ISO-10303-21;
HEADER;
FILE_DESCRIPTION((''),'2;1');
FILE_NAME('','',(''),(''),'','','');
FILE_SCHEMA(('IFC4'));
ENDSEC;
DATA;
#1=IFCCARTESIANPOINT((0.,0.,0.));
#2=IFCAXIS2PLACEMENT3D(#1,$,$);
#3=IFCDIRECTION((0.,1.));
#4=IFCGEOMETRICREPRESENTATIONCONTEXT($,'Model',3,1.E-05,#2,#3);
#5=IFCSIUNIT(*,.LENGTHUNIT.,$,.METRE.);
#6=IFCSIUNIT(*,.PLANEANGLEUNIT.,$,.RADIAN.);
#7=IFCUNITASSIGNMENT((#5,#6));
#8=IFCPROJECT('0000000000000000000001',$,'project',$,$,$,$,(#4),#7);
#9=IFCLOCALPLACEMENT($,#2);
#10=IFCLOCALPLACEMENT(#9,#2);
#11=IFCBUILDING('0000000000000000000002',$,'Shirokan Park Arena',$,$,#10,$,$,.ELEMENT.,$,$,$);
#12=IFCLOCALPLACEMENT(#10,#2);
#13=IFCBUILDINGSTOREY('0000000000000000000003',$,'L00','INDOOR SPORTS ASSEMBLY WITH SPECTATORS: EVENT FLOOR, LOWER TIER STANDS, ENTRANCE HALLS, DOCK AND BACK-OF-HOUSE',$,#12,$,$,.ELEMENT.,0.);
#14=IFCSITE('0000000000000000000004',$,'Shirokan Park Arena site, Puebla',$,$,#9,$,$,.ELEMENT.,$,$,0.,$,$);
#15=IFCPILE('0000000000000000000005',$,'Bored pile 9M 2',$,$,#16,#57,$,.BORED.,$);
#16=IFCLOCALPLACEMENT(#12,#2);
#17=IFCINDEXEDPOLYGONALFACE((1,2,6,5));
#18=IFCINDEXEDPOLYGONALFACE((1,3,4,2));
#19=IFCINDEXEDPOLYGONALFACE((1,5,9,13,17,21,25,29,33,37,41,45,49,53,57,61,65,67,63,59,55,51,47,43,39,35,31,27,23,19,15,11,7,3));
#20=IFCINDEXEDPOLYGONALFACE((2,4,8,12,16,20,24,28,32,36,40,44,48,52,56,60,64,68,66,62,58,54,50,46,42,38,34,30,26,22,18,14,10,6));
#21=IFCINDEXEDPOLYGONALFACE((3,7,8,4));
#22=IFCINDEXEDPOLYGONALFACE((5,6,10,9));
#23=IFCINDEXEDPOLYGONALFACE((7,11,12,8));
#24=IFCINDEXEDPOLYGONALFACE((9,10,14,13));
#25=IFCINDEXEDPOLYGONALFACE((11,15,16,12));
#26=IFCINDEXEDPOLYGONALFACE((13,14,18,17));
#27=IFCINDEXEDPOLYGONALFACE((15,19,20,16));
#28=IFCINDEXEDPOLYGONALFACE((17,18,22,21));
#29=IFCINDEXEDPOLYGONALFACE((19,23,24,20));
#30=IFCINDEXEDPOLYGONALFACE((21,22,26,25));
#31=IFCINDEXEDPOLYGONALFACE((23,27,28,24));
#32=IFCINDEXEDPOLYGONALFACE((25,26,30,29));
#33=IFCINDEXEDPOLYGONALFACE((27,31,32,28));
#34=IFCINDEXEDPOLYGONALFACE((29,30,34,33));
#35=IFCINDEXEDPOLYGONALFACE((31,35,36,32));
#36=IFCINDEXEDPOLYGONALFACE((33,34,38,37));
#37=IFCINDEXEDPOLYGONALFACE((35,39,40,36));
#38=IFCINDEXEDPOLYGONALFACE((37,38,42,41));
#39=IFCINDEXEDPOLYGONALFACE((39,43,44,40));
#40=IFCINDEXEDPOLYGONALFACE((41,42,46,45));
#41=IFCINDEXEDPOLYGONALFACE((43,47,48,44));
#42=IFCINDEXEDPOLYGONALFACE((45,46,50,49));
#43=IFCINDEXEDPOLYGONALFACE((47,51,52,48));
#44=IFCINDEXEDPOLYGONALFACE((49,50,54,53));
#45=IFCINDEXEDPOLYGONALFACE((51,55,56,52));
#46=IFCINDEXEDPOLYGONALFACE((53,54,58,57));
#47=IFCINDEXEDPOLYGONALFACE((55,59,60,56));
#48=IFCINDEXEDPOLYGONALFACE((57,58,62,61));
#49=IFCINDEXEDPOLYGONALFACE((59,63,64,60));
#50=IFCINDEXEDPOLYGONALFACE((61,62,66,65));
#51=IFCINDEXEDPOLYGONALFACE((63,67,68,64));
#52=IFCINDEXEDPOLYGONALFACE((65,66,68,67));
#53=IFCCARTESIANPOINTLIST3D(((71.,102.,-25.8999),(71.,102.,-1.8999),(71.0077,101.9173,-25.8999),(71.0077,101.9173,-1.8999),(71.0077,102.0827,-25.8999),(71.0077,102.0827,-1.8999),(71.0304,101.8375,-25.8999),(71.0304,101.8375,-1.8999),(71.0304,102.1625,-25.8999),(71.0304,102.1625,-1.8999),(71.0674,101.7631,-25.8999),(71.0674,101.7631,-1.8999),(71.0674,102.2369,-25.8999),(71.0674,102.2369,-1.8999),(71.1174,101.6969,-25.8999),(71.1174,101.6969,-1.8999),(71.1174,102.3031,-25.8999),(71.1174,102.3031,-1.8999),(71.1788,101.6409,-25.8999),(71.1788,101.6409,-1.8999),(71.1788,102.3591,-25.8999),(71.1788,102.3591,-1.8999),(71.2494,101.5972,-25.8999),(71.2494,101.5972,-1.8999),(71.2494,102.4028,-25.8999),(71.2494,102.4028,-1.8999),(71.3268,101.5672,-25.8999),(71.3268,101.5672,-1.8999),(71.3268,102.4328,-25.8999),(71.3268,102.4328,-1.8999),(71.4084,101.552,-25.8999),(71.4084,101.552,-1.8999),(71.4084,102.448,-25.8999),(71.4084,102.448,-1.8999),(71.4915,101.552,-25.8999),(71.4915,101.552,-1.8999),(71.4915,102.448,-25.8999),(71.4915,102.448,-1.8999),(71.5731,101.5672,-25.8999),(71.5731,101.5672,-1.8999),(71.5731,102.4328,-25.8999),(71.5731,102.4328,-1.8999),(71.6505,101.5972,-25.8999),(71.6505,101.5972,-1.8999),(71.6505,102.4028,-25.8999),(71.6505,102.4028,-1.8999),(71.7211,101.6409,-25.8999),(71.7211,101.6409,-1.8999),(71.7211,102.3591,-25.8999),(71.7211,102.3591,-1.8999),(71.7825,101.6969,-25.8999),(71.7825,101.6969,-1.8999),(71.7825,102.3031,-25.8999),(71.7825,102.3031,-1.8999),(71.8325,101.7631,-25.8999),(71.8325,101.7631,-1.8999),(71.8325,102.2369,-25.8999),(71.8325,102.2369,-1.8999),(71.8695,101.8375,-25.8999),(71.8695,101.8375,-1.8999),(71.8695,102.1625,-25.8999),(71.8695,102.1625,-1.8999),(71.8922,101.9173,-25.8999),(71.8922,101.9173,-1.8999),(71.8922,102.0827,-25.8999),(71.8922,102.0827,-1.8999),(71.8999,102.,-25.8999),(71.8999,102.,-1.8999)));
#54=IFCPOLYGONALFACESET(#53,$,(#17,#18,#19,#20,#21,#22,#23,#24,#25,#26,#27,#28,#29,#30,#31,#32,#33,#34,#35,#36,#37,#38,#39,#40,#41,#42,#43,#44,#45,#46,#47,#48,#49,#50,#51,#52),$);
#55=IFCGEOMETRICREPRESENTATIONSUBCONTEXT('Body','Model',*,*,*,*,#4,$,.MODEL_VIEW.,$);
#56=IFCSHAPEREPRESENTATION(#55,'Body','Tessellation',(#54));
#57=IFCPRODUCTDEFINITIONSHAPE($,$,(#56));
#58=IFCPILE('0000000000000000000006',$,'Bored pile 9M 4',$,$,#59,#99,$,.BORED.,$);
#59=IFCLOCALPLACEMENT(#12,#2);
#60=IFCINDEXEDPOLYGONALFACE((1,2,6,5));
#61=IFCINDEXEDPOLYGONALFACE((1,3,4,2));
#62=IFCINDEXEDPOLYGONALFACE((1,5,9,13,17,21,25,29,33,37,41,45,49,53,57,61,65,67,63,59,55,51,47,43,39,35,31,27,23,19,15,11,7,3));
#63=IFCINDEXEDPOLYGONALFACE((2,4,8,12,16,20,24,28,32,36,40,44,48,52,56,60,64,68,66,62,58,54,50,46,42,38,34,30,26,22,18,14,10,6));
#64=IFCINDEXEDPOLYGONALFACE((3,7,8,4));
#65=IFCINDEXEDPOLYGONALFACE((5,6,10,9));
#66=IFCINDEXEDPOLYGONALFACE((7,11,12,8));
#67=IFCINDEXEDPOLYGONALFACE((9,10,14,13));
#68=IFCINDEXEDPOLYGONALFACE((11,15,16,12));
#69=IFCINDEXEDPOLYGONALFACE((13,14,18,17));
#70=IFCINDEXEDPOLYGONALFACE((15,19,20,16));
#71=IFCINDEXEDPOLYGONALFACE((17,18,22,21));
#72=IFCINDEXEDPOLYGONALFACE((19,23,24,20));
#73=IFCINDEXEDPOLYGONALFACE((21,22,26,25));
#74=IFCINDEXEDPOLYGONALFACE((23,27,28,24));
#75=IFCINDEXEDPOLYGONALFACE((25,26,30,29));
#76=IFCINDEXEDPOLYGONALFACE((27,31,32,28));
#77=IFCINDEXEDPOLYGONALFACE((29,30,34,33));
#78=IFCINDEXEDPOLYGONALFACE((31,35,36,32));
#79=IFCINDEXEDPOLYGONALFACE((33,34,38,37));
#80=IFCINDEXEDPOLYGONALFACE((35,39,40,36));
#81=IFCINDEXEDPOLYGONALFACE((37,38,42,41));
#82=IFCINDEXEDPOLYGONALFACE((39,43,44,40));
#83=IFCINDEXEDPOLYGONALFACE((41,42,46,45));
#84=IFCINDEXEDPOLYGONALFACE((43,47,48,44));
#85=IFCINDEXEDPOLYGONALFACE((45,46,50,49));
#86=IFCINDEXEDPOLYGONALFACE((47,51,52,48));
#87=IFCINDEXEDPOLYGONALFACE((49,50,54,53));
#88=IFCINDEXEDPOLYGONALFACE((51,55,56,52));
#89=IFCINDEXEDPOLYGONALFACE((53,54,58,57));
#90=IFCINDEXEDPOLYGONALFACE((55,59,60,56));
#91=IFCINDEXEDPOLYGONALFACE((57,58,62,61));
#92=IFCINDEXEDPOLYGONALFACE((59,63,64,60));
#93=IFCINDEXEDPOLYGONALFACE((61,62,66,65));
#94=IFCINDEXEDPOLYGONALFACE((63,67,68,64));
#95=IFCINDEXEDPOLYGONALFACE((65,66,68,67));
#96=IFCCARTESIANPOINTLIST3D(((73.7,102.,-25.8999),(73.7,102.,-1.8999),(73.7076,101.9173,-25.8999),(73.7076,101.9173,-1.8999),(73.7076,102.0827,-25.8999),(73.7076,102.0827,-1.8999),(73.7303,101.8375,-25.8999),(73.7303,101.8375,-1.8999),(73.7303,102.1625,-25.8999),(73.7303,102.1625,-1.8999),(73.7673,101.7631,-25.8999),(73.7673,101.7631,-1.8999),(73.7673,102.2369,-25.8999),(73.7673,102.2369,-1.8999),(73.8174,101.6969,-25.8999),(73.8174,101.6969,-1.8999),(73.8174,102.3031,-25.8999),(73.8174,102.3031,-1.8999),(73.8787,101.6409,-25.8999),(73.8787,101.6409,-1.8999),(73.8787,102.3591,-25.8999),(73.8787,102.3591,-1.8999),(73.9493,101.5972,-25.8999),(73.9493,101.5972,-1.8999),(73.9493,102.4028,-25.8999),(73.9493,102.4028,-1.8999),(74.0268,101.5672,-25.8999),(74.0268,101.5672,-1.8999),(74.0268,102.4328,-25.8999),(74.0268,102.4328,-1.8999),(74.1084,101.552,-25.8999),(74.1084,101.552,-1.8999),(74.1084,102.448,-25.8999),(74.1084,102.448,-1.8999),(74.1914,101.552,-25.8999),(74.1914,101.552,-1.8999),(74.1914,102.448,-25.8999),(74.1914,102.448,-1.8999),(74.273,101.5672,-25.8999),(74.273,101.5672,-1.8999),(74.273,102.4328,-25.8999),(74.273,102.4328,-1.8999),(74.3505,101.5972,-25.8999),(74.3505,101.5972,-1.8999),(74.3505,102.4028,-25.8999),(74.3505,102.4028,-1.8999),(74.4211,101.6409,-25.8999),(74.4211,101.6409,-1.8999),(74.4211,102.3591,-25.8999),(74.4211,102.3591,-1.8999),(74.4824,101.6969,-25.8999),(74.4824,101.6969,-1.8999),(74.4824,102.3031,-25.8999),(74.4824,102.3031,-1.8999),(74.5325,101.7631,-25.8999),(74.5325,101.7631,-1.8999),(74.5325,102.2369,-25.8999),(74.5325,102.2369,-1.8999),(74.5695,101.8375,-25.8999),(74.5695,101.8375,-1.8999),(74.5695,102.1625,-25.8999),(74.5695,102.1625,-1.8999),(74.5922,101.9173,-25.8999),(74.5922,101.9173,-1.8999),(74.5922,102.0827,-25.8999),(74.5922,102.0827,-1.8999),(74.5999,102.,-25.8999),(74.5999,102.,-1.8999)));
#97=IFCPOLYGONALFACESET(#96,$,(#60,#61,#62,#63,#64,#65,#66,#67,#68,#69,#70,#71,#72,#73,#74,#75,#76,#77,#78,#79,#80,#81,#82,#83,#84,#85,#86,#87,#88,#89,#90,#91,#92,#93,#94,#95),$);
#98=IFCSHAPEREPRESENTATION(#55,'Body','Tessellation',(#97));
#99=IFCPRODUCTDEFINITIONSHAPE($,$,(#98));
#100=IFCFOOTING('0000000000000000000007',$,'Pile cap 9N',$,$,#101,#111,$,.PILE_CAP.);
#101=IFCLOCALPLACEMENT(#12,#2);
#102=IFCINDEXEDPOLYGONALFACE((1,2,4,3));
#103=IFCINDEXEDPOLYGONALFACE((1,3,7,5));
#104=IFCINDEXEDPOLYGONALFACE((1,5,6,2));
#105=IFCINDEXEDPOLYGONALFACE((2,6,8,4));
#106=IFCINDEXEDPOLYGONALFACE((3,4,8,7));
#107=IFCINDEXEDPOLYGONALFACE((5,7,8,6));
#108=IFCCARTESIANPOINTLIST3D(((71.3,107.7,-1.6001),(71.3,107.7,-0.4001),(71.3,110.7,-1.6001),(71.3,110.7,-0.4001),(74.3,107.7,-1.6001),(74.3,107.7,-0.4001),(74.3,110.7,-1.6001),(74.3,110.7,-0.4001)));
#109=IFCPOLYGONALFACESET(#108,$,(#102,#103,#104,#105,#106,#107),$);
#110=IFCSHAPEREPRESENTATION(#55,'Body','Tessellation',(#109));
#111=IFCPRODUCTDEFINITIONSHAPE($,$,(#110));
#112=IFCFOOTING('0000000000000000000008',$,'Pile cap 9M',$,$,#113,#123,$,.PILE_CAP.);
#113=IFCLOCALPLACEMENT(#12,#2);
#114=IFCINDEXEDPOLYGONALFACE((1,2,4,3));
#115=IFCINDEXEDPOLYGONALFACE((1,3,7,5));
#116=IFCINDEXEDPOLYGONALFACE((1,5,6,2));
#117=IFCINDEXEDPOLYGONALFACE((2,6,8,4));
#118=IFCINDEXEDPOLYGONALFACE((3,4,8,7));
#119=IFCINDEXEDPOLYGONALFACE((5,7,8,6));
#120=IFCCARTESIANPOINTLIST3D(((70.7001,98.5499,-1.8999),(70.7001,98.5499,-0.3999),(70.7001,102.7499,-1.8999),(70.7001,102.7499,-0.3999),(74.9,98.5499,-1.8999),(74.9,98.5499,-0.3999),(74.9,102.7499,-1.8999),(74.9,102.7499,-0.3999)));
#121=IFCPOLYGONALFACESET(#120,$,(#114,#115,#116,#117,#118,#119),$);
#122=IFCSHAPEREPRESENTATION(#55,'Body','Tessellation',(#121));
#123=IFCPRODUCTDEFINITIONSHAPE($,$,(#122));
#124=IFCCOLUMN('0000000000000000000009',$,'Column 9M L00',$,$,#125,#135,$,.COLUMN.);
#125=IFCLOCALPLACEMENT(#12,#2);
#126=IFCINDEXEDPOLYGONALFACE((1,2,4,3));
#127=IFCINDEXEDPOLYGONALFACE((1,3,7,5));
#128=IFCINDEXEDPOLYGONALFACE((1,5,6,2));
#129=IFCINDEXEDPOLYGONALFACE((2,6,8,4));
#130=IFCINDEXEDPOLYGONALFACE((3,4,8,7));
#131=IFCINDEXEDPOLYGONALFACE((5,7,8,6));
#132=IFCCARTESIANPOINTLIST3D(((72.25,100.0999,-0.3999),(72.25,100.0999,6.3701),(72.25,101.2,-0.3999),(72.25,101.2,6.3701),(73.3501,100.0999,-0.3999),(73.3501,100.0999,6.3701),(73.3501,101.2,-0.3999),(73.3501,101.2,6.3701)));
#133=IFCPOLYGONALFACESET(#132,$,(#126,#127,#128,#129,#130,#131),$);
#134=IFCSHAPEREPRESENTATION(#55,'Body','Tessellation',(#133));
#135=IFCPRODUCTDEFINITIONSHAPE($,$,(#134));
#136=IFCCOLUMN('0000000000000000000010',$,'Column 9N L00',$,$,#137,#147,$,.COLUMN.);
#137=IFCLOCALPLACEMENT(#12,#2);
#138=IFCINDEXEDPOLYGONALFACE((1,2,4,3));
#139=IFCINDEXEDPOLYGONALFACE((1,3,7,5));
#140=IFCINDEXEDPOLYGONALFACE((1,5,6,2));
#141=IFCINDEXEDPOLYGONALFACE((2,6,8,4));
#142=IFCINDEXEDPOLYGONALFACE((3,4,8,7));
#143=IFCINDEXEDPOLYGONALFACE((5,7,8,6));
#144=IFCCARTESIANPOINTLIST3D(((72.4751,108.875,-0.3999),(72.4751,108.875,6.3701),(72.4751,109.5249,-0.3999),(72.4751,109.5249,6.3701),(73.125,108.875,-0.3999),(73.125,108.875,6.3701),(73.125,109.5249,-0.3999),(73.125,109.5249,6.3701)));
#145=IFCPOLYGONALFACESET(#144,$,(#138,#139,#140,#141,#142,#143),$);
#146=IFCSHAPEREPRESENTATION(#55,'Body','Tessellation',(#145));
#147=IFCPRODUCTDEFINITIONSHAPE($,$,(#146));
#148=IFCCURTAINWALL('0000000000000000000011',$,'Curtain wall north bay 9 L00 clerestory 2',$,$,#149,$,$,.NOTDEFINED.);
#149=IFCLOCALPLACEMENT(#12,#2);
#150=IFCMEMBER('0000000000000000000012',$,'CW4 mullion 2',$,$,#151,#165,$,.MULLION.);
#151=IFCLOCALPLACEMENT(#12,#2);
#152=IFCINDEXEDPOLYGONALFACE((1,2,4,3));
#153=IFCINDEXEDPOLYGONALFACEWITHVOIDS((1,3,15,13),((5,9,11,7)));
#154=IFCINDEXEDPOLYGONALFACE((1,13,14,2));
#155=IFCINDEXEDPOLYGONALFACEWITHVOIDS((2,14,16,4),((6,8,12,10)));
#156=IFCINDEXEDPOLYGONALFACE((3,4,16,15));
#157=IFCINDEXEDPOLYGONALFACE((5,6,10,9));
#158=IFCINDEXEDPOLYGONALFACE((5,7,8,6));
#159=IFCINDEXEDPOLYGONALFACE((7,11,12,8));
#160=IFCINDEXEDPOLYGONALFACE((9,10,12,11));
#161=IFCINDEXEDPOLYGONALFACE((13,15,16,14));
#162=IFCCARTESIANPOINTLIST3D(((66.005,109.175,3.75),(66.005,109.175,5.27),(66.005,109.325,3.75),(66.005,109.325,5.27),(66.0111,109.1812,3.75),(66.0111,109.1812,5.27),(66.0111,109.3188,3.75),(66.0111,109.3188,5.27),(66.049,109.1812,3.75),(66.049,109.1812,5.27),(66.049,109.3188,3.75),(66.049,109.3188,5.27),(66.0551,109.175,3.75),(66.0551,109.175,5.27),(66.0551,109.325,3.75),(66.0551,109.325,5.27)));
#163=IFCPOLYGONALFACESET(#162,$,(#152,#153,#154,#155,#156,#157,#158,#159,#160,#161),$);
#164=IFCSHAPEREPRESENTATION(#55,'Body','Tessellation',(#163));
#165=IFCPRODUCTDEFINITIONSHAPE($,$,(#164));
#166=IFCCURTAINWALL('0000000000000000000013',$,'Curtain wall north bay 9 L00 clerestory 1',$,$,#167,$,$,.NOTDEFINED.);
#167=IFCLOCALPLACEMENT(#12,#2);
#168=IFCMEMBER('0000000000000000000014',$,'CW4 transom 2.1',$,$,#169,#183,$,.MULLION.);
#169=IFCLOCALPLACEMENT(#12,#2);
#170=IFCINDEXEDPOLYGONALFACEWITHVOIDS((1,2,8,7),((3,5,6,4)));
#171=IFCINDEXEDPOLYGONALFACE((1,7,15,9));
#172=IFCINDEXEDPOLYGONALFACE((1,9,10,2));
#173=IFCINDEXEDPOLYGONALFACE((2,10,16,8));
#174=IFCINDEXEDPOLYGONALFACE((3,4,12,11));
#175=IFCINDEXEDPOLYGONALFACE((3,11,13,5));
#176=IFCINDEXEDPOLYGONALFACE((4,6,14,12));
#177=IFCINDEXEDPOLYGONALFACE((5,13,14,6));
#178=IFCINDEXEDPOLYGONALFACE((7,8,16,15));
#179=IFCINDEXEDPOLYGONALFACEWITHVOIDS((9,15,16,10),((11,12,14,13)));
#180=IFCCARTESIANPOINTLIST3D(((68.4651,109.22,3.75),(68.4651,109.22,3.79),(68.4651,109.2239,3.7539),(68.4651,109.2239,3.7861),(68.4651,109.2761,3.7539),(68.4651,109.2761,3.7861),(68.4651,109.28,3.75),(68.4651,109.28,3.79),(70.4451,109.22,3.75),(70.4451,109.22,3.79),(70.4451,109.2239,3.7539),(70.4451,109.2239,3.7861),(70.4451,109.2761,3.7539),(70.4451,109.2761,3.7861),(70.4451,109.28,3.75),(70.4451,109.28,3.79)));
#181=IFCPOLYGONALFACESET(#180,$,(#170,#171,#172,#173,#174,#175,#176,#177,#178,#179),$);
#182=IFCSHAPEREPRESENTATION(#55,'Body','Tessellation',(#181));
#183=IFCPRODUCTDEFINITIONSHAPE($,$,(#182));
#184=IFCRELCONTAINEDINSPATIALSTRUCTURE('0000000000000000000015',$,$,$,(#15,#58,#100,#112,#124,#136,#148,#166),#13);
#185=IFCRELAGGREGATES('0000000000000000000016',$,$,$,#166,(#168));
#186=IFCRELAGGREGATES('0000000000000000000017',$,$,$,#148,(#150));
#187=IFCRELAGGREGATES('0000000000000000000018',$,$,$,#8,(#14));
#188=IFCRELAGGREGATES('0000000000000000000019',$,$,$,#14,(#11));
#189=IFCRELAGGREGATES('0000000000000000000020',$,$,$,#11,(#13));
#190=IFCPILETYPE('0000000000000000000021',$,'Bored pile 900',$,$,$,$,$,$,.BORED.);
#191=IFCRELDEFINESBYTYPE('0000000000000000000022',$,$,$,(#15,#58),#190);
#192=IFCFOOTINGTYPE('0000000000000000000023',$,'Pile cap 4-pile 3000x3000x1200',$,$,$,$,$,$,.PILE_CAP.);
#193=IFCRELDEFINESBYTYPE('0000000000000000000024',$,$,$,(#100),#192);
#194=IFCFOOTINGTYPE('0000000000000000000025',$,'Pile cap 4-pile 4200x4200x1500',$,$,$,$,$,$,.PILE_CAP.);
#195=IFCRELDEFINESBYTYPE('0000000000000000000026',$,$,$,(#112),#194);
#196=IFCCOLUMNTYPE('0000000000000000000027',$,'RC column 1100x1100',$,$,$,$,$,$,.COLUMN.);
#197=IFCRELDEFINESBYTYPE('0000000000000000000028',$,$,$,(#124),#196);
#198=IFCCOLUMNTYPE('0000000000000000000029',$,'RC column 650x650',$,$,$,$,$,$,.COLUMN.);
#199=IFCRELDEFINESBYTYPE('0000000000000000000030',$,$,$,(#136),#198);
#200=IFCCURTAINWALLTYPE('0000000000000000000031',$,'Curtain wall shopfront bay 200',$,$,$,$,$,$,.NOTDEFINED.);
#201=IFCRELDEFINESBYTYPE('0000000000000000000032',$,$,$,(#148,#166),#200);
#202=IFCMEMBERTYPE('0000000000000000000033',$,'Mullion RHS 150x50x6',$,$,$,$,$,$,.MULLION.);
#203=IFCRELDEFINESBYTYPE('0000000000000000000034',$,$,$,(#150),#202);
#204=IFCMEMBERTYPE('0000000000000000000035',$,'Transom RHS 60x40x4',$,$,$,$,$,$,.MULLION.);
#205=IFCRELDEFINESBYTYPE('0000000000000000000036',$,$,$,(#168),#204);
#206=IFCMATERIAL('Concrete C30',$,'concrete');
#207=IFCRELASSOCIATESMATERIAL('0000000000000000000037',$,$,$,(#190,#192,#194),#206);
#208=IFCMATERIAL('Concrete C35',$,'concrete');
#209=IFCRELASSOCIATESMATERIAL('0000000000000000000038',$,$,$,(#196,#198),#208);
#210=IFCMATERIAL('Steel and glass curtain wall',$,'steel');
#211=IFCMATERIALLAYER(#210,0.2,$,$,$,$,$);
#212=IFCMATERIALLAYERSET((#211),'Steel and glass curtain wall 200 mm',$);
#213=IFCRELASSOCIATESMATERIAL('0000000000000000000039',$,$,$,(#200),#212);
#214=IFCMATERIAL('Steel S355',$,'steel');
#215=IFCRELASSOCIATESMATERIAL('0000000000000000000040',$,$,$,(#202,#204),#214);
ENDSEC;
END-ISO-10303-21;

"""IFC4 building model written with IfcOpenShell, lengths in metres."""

from ifc_helpers import new_model, si_unit, direction, frame, origin, origin_2d, place, context, subcontext, project, spatial, rectangle, hollow_rectangle, circle, extrude, material, layer, layer_set, material_profile, profile_set, type_object, element, aggregate, save


model = new_model("IFC4")

# Units and contexts
model_context = context("Model", 3, precision=1e-05, world=origin(), true_north=direction((0.0, 1.0)))
body_context = subcontext(model_context, "Body", "Model", "MODEL_VIEW")
ifc_project = project(units=[si_unit("LENGTHUNIT", "METRE"), si_unit("PLANEANGLEUNIT", "RADIAN")], contexts=[model_context])

# Site, building, storey
site_placement = place(None, origin())
site = spatial("IfcSite", under=ifc_project, at=site_placement, Name="Shirokan Park Arena site, Puebla", CompositionType="ELEMENT", RefElevation=0.0)
building_placement = place(site_placement, origin())
building = spatial("IfcBuilding", under=site, at=building_placement, Name="Shirokan Park Arena", CompositionType="ELEMENT")
storey_placement = place(building_placement, origin())
storey = spatial("IfcBuildingStorey", under=building, at=storey_placement, Name="L00", Description="INDOOR SPORTS ASSEMBLY WITH SPECTATORS: EVENT FLOOR, LOWER TIER STANDS, ENTRANCE HALLS, DOCK AND BACK-OF-HOUSE", CompositionType="ELEMENT", Elevation=0.0)

# Piles
ifc_material_1 = material(Name="Concrete C30", Category="concrete")
ifc_material_profile_1 = material_profile(ifc_material_1, circle(Radius=0.45, at=origin_2d()), Name="D900")
ifc_profile_set_1 = profile_set([ifc_material_profile_1], Name="Concrete C30")
pile_type_1 = type_object("IfcPileType", Name="Bored pile 900", PredefinedType="BORED", material=ifc_profile_set_1)
for number, where, z_axis, x_axis, name in (
    (1, (71.45, 102.0, -1.8999), (0.0, 0.0, -1.0), (1.0, 0.0, 0.0), "Bored pile 9M 2"),
    (2, (74.1499, 102.0, -1.8999), (0.0, 0.0, -1.0), (1.0, 0.0, 0.0), "Bored pile 9M 4"),
):
    element("IfcPile", number, at=place(storey_placement, frame(where, z_axis=z_axis, x_axis=x_axis)), inside=storey, type_object=pile_type_1, Name=name, PredefinedType="BORED", context=body_context, shape_type="SweptSolid", body=[
        extrude(circle(Radius=0.45, at=origin_2d()), origin(), (0.0, 0.0, 1.0), 24.0),
    ])

# Footings
footing_type_1 = type_object("IfcFootingType", Name="Pile cap 4-pile 3000x3000x1200", PredefinedType="PILE_CAP", material=ifc_material_1)
footing_1_placement = place(storey_placement, frame((72.8, 109.2, -1.6001), z_axis=(0.0, 0.0, 1.0), x_axis=(1.0, 0.0, 0.0)))
element("IfcFooting", 3, at=footing_1_placement, inside=storey, type_object=footing_type_1, Name="Pile cap 9N", PredefinedType="PILE_CAP", context=body_context, shape_type="SweptSolid", body=[
    extrude(rectangle(XDim=3.0, YDim=3.0, at=origin_2d()), origin(), (0.0, 0.0, 1.0), 1.2),
])
footing_type_2 = type_object("IfcFootingType", Name="Pile cap 4-pile 4200x4200x1500", PredefinedType="PILE_CAP", material=ifc_material_1)
footing_2_placement = place(storey_placement, frame((72.8, 100.6499, -1.8999), z_axis=(0.0, 0.0, 1.0), x_axis=(1.0, 0.0, 0.0)))
element("IfcFooting", 4, at=footing_2_placement, inside=storey, type_object=footing_type_2, Name="Pile cap 9M", PredefinedType="PILE_CAP", context=body_context, shape_type="SweptSolid", body=[
    extrude(rectangle(XDim=4.2, YDim=4.2, at=origin_2d()), origin(), (0.0, 0.0, 1.0), 1.5),
])

# Columns
ifc_material_2 = material(Name="Concrete C35", Category="concrete")
ifc_material_profile_2 = material_profile(ifc_material_2, rectangle(XDim=1.1001, YDim=1.1001, at=origin_2d()), Name="1100x1100")
ifc_profile_set_2 = profile_set([ifc_material_profile_2], Name="Concrete C35")
column_type_1 = type_object("IfcColumnType", Name="RC column 1100x1100", PredefinedType="COLUMN", material=ifc_profile_set_2)
column_1_placement = place(storey_placement, frame((72.8, 100.6499, -0.3999), z_axis=(0.0, 0.0, 1.0), x_axis=(1.0, 0.0, 0.0)))
element("IfcColumn", 5, at=column_1_placement, inside=storey, type_object=column_type_1, Name="Column 9M L00", PredefinedType="COLUMN", context=body_context, shape_type="SweptSolid", body=[
    extrude(rectangle(XDim=1.1001, YDim=1.1001, at=origin_2d()), origin(), (0.0, 0.0, 1.0), 6.77),
])
ifc_material_profile_3 = material_profile(ifc_material_2, rectangle(XDim=0.6499, YDim=0.6499, at=origin_2d()), Name="650x650")
ifc_profile_set_3 = profile_set([ifc_material_profile_3], Name="Concrete C35")
column_type_2 = type_object("IfcColumnType", Name="RC column 650x650", PredefinedType="COLUMN", material=ifc_profile_set_3)
column_2_placement = place(storey_placement, frame((72.8, 109.2, -0.3999), z_axis=(0.0, 0.0, 1.0), x_axis=(1.0, 0.0, 0.0)))
element("IfcColumn", 6, at=column_2_placement, inside=storey, type_object=column_type_2, Name="Column 9N L00", PredefinedType="COLUMN", context=body_context, shape_type="SweptSolid", body=[
    extrude(rectangle(XDim=0.6499, YDim=0.6499, at=origin_2d()), origin(), (0.0, 0.0, 1.0), 6.77),
])

# Curtain walls, members
ifc_material_3 = material(Name="Steel and glass curtain wall", Category="steel")
ifc_layer_1 = layer(ifc_material_3, 0.2)
ifc_layer_set_1 = layer_set([ifc_layer_1], Name="Steel and glass curtain wall 200 mm")
curtain_wall_type = type_object("IfcCurtainWallType", Name="Curtain wall shopfront bay 200", PredefinedType="NOTDEFINED", material=ifc_layer_set_1)
curtain_wall_1_placement = place(storey_placement, origin())
curtain_wall_1 = element("IfcCurtainWall", 7, at=curtain_wall_1_placement, inside=storey, type_object=curtain_wall_type, Name="Curtain wall north bay 9 L00 clerestory 2", PredefinedType="NOTDEFINED")
ifc_material_4 = material(Name="Steel S355", Category="steel")
ifc_material_profile_4 = material_profile(ifc_material_4, hollow_rectangle(XDim=0.1499, YDim=0.05, WallThickness=0.0061, at=origin_2d()), Name="RHS 150x50x6")
ifc_profile_set_4 = profile_set([ifc_material_profile_4], Name="Steel S355")
member_type_1 = type_object("IfcMemberType", Name="Mullion RHS 150x50x6", PredefinedType="MULLION", material=ifc_profile_set_4)
member_1_placement = place(storey_placement, frame((66.03, 109.25, 3.75), z_axis=(0.0, 0.0, 1.0), x_axis=(0.0, -1.0, 0.0)))
member_1 = element("IfcMember", 8, at=member_1_placement, type_object=member_type_1, Name="CW4 mullion 2", PredefinedType="MULLION", context=body_context, shape_type="SweptSolid", body=[
    extrude(hollow_rectangle(XDim=0.1499, YDim=0.05, WallThickness=0.0061, at=origin_2d()), origin(), (0.0, 0.0, 1.0), 1.52),
])
curtain_wall_2_placement = place(storey_placement, origin())
curtain_wall_2 = element("IfcCurtainWall", 9, at=curtain_wall_2_placement, inside=storey, type_object=curtain_wall_type, Name="Curtain wall north bay 9 L00 clerestory 1", PredefinedType="NOTDEFINED")
ifc_material_profile_5 = material_profile(ifc_material_4, hollow_rectangle(XDim=0.0601, YDim=0.04, WallThickness=0.0039, at=origin_2d()), Name="RHS 60x40x4")
ifc_profile_set_5 = profile_set([ifc_material_profile_5], Name="Steel S355")
member_type_2 = type_object("IfcMemberType", Name="Transom RHS 60x40x4", PredefinedType="MULLION", material=ifc_profile_set_5)
member_2_placement = place(storey_placement, frame((70.4451, 109.25, 3.77), z_axis=(-1.0, 0.0, 0.0), x_axis=(0.0, -1.0, 0.0)))
member_2 = element("IfcMember", 10, at=member_2_placement, type_object=member_type_2, Name="CW4 transom 2.1", PredefinedType="MULLION", context=body_context, shape_type="SweptSolid", body=[
    extrude(hollow_rectangle(XDim=0.0601, YDim=0.04, WallThickness=0.0039, at=origin_2d()), origin(), (0.0, 0.0, 1.0), 1.98),
])

aggregate(curtain_wall_2, [member_2])
aggregate(curtain_wall_1, [member_1])

save(model, "model.ifc")
